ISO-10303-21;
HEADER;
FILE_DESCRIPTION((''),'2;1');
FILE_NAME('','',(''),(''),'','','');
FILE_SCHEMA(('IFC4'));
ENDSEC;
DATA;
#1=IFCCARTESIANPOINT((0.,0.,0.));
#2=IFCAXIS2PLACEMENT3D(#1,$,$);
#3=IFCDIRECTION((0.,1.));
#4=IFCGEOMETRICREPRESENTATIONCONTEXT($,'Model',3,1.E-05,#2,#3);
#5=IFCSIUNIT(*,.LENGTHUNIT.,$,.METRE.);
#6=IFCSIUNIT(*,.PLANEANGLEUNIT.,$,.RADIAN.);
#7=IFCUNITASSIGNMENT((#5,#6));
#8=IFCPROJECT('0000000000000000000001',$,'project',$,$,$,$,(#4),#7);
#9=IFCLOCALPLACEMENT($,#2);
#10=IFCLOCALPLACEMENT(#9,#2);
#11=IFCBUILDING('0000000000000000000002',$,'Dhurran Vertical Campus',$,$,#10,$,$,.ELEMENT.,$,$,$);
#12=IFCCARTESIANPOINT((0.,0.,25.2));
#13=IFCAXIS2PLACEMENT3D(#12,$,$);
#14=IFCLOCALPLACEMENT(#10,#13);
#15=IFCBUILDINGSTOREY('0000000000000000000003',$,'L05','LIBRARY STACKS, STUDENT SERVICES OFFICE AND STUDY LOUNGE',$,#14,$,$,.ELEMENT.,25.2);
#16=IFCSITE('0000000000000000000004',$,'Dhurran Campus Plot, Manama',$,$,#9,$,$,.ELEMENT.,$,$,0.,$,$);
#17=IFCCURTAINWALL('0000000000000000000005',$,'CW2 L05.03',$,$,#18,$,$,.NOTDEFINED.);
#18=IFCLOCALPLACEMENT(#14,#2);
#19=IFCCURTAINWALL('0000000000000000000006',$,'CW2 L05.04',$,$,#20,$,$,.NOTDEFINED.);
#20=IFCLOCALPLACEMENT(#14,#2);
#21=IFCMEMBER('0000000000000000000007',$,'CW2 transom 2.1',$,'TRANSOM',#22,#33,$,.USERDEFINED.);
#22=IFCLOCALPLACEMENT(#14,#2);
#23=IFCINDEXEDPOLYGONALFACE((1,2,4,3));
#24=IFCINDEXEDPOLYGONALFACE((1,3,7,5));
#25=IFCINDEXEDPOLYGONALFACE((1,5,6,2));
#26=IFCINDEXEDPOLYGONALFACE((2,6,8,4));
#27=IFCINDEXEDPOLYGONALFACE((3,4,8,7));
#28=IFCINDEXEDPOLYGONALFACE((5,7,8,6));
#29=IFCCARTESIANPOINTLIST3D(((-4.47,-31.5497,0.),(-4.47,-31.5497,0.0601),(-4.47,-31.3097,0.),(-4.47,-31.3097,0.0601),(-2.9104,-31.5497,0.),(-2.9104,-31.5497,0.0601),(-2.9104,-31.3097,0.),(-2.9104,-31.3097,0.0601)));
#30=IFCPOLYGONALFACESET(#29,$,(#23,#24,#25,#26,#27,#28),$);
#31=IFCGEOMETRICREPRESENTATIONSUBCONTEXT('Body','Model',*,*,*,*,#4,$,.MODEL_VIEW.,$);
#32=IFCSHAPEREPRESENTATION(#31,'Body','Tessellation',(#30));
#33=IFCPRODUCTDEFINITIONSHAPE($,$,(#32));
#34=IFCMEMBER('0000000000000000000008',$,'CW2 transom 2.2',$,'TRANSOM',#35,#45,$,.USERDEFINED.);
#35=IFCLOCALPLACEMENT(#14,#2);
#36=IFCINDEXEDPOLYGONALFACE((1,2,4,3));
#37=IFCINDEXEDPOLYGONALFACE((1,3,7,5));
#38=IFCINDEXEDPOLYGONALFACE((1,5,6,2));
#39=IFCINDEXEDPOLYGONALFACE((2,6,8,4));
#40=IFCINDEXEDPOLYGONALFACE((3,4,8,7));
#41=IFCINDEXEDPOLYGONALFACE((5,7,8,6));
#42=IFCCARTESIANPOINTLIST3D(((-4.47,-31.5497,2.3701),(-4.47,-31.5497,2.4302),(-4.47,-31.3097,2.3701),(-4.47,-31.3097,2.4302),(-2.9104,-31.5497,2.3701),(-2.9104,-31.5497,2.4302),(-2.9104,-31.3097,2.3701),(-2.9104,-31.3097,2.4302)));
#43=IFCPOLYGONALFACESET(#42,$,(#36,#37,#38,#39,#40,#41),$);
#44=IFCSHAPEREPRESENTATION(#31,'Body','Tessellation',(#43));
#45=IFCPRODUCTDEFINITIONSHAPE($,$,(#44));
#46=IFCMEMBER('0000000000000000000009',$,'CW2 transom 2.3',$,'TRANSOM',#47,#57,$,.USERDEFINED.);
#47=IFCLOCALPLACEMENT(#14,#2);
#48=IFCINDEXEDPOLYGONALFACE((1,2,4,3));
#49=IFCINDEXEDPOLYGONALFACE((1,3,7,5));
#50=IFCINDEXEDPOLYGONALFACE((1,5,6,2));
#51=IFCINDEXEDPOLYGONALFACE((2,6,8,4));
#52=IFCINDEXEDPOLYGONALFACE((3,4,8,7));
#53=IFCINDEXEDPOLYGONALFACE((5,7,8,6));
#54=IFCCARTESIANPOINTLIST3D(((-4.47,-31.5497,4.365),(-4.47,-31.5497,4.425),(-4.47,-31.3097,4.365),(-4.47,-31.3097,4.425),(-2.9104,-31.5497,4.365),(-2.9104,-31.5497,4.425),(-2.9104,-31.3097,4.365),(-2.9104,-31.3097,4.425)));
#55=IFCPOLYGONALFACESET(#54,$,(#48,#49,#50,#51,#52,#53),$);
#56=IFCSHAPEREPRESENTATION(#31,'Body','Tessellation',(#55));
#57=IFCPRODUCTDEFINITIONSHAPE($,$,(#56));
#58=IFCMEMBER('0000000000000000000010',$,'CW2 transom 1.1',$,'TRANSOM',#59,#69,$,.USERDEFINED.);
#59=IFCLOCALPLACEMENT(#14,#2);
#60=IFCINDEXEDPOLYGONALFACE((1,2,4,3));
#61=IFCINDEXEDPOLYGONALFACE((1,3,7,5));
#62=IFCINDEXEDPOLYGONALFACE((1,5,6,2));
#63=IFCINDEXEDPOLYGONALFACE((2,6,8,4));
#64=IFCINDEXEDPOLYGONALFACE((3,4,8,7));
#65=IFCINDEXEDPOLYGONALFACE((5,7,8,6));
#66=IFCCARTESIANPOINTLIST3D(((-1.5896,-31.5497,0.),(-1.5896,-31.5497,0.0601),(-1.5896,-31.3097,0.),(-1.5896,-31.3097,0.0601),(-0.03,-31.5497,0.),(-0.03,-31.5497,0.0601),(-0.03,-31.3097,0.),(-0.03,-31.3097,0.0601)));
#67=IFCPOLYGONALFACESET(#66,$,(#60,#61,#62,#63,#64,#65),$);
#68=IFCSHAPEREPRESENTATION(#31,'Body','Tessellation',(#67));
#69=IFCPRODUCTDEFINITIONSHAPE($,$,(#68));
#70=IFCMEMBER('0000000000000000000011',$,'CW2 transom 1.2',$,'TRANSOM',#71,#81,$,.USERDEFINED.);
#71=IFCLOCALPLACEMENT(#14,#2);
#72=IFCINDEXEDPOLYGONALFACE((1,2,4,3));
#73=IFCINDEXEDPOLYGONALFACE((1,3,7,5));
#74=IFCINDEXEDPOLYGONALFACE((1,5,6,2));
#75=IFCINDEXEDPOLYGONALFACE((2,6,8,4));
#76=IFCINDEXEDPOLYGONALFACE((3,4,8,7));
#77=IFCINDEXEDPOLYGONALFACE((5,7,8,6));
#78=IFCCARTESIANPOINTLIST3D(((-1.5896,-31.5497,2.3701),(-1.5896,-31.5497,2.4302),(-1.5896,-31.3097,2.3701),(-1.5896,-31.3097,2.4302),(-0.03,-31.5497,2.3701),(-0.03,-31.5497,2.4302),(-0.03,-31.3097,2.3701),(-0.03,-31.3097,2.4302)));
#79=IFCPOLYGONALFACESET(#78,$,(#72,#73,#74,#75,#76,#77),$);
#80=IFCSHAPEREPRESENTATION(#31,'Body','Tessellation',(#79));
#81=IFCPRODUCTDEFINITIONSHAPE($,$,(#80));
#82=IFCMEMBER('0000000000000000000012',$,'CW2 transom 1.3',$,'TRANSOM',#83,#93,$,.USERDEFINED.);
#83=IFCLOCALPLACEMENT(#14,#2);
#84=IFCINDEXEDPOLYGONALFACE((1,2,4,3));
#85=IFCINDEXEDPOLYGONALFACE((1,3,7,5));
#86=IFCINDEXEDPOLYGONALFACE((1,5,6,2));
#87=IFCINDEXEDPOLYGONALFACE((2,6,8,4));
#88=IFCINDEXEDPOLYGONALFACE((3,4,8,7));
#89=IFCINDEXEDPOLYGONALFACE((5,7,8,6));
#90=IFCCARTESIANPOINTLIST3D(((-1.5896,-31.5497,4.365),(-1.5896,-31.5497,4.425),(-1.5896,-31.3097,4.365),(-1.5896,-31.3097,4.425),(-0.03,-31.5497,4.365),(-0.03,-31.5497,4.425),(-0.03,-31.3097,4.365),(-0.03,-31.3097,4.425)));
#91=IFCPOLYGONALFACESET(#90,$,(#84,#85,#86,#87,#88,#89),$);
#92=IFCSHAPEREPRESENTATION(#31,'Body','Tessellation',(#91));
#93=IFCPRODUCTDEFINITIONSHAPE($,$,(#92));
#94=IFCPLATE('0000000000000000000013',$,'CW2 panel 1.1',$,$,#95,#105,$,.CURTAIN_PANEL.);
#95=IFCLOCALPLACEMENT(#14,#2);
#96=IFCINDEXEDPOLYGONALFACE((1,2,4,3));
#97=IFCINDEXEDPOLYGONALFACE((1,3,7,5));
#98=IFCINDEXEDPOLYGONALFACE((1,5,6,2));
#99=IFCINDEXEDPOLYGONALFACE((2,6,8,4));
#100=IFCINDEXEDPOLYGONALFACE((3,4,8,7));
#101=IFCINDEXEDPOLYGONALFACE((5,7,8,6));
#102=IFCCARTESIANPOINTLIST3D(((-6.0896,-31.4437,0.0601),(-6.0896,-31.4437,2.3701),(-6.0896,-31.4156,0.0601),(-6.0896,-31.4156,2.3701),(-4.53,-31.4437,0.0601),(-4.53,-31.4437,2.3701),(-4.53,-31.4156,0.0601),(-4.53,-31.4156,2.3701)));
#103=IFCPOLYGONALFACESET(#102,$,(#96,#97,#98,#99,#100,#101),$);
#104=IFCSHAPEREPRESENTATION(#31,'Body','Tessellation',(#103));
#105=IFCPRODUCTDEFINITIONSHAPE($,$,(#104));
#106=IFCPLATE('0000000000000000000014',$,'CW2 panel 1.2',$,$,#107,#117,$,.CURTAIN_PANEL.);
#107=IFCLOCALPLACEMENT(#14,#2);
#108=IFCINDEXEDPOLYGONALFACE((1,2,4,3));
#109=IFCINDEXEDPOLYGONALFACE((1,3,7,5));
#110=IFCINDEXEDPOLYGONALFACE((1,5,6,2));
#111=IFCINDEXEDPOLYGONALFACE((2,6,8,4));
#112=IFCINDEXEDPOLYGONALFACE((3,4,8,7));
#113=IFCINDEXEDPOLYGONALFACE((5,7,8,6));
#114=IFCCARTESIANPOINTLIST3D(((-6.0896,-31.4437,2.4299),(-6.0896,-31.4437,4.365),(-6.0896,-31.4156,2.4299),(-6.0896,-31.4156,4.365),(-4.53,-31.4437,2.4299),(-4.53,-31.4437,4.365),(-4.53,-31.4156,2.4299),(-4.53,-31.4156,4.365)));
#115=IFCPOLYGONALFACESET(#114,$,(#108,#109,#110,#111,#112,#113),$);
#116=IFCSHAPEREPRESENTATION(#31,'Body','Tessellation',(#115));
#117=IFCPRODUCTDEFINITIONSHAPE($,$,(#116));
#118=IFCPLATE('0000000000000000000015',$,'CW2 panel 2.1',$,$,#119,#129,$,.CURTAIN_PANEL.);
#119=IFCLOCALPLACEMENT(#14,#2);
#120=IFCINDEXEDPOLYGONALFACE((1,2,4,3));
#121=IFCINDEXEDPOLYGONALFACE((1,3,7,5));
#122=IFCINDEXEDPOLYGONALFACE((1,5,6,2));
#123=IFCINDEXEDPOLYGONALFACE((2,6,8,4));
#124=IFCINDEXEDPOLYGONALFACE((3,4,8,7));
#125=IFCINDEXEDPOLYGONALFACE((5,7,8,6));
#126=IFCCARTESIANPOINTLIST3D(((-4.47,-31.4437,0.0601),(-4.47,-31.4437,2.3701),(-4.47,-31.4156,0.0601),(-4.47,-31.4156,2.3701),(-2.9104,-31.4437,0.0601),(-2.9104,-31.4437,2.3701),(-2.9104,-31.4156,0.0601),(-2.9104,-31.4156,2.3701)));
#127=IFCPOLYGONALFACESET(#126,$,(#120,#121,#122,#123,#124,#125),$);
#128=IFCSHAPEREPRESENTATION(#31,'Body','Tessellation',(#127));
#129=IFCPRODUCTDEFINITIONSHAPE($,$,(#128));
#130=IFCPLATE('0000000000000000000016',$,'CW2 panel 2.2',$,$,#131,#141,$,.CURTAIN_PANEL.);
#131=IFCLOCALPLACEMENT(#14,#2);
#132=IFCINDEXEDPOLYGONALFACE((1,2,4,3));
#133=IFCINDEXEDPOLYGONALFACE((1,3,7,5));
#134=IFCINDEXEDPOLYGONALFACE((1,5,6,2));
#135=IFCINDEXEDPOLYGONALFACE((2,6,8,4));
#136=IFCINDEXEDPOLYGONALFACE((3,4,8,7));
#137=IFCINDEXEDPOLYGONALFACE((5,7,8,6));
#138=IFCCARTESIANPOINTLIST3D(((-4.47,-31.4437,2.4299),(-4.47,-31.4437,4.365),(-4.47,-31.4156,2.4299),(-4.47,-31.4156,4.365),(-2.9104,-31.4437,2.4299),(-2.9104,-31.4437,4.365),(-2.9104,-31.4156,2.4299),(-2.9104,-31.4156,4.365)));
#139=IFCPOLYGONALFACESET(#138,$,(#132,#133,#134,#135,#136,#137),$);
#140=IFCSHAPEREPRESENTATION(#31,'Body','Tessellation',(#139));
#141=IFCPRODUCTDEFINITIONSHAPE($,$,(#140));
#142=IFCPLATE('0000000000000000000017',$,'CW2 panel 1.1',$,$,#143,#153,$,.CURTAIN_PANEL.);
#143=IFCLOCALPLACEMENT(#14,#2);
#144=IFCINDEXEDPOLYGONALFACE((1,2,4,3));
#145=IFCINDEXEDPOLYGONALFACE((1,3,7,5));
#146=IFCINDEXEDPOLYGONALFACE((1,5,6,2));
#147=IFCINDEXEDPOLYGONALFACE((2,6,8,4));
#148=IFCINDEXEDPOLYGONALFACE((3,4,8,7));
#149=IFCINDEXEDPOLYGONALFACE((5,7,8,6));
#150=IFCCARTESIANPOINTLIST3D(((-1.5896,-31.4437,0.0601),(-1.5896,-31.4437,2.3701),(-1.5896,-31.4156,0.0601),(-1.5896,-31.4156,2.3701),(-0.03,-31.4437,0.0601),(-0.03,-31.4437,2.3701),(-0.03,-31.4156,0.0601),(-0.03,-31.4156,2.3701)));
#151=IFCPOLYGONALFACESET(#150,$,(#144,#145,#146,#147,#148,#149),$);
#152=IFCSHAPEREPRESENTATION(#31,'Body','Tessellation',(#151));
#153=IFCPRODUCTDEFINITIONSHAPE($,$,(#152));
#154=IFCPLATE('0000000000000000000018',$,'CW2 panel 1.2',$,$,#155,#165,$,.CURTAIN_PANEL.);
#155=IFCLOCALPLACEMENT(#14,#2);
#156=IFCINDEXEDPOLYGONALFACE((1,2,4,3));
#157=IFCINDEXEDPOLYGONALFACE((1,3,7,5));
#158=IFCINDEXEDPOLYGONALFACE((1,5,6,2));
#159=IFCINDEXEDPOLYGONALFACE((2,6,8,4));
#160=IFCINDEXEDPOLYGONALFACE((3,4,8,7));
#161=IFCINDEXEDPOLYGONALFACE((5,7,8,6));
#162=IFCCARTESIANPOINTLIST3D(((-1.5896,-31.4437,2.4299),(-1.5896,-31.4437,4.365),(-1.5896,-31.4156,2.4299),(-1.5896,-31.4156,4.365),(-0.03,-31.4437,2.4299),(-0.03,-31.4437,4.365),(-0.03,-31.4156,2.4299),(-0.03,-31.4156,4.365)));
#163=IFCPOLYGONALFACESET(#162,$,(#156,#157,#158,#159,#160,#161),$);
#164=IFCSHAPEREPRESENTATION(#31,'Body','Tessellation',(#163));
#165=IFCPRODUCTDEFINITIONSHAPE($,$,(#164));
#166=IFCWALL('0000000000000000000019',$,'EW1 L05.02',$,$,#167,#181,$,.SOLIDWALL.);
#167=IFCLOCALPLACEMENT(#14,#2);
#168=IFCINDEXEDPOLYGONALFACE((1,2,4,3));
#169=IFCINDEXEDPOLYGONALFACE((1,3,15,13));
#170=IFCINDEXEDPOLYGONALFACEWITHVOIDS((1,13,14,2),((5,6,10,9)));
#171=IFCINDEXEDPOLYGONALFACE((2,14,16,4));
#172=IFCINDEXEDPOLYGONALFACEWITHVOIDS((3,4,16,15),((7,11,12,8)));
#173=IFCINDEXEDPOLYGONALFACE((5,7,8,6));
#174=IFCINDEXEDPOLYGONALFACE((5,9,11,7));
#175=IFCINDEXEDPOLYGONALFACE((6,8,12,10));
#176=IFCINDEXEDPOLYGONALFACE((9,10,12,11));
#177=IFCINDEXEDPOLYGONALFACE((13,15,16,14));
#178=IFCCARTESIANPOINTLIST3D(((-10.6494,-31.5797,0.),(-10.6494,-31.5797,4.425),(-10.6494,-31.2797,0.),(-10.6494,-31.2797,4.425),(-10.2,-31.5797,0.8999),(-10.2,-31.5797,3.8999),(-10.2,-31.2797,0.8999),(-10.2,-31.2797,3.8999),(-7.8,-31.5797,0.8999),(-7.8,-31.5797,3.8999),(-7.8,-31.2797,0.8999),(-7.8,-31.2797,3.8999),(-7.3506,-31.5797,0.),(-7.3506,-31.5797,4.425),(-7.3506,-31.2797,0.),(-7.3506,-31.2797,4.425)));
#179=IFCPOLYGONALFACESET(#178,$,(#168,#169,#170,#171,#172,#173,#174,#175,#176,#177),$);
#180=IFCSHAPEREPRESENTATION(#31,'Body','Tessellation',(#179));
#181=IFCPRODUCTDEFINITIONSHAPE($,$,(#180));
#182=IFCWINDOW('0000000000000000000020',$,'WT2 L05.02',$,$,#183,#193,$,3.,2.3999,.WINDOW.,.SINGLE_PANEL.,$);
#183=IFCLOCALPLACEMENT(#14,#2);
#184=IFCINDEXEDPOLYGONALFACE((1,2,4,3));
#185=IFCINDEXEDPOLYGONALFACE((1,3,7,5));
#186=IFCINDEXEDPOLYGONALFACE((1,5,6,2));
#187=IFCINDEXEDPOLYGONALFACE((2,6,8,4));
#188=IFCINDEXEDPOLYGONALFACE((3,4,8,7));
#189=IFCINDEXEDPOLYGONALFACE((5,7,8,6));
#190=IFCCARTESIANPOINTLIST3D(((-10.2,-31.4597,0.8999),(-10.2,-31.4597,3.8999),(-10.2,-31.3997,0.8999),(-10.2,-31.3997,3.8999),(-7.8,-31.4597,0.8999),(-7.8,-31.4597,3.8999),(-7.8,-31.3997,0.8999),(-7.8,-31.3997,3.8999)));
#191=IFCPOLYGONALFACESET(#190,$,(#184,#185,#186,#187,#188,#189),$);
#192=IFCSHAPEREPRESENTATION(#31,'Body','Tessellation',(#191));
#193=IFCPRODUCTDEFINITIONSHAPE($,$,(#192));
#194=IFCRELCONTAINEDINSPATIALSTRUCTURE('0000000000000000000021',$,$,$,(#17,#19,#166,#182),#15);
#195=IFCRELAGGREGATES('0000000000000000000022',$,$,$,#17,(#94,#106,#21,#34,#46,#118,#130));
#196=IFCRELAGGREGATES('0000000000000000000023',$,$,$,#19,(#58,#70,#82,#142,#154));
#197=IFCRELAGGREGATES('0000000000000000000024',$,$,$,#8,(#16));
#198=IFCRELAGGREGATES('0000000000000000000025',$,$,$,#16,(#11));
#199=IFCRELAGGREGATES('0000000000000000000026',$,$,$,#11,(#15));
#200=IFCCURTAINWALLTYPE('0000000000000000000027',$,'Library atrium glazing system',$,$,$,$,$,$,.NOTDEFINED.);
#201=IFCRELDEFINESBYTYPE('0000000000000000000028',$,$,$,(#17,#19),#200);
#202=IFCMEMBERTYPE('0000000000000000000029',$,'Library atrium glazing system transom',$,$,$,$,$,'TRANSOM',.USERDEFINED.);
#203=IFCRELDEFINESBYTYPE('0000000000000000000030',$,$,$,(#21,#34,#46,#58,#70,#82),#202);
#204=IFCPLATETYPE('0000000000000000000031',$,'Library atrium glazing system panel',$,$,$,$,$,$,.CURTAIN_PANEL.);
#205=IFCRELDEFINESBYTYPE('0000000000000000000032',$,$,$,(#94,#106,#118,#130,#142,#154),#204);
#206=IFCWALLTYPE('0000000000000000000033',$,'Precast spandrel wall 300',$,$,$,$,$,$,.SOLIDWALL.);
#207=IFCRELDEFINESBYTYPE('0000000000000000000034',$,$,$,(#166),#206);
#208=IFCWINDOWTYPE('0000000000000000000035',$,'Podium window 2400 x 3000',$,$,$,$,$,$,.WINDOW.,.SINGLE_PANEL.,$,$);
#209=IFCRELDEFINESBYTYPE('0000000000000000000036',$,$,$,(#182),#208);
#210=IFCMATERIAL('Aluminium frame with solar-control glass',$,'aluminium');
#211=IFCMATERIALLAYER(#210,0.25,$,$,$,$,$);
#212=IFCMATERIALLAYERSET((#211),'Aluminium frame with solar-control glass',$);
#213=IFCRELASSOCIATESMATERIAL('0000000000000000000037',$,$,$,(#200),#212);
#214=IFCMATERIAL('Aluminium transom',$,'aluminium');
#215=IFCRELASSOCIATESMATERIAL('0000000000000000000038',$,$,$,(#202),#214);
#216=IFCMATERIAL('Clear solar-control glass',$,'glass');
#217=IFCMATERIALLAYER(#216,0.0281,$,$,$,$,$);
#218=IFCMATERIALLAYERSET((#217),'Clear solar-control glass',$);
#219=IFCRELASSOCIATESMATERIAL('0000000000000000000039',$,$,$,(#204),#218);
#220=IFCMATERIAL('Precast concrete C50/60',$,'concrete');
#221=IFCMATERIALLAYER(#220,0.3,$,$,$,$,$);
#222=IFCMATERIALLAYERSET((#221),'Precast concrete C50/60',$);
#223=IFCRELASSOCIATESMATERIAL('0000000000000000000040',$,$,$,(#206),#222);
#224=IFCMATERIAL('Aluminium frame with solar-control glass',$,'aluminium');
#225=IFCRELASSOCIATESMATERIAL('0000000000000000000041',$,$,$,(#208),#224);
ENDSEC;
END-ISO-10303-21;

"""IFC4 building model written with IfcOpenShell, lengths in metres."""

from ifc_helpers import new_model, si_unit, direction, frame, frame_2d, origin, origin_2d, place, context, subcontext, project, spatial, rectangle, extrude, material, layer, layer_set, material_profile, profile_set, type_object, element, fill, aggregate, save


model = new_model("IFC4")

# Units and contexts
model_context = context("Model", 3, precision=1e-05, world=origin(), true_north=direction((0.0, 1.0)))
body_context = subcontext(model_context, "Body", "Model", "MODEL_VIEW")
ifc_project = project(units=[si_unit("LENGTHUNIT", "METRE"), si_unit("PLANEANGLEUNIT", "RADIAN")], contexts=[model_context])

# Site, building, storey
site_placement = place(None, origin())
site = spatial("IfcSite", under=ifc_project, at=site_placement, Name="Dhurran Campus Plot, Manama", CompositionType="ELEMENT", RefElevation=0.0)
building_placement = place(site_placement, origin())
building = spatial("IfcBuilding", under=site, at=building_placement, Name="Dhurran Vertical Campus", CompositionType="ELEMENT")
storey_placement = place(building_placement, frame((0.0, 0.0, 25.2)))
storey = spatial("IfcBuildingStorey", under=building, at=storey_placement, Name="L05", Description="LIBRARY STACKS, STUDENT SERVICES OFFICE AND STUDY LOUNGE", CompositionType="ELEMENT", Elevation=25.2)

# Curtain walls
ifc_material_1 = material(Name="Aluminium frame with solar-control glass", Category="aluminium")
ifc_layer_1 = layer(ifc_material_1, 0.25)
ifc_layer_set_1 = layer_set([ifc_layer_1], Name="Aluminium frame with solar-control glass")
curtain_wall_type = type_object("IfcCurtainWallType", Name="Library atrium glazing system", PredefinedType="NOTDEFINED", material=ifc_layer_set_1)
curtain_wall_1_placement = place(storey_placement, origin())
curtain_wall_1 = element("IfcCurtainWall", 1, at=curtain_wall_1_placement, inside=storey, type_object=curtain_wall_type, Name="CW2 L05.03", PredefinedType="NOTDEFINED")
curtain_wall_2_placement = place(storey_placement, origin())
curtain_wall_2 = element("IfcCurtainWall", 2, at=curtain_wall_2_placement, inside=storey, type_object=curtain_wall_type, Name="CW2 L05.04", PredefinedType="NOTDEFINED")

# Members
ifc_material_2 = material(Name="Aluminium transom", Category="aluminium")
ifc_material_profile_1 = material_profile(ifc_material_2, rectangle(XDim=0.24, YDim=0.0601, at=origin_2d()), Name="Library atrium glazing system transom")
ifc_profile_set_1 = profile_set([ifc_material_profile_1], Name="Aluminium transom")
member_type_1 = type_object("IfcMemberType", Name="Library atrium glazing system transom", ElementType="TRANSOM", PredefinedType="USERDEFINED", material=ifc_profile_set_1)
member_1_placement = place(storey_placement, frame((-4.47, -31.4297, 0.03), z_axis=(1.0, 0.0, 0.0), x_axis=(0.0, 1.0, 0.0)))
member_1 = element("IfcMember", 3, at=member_1_placement, type_object=member_type_1, Name="CW2 transom 2.1", ObjectType="TRANSOM", PredefinedType="USERDEFINED", context=body_context, shape_type="SweptSolid", body=[
    extrude(rectangle(XDim=0.24, YDim=0.0601, at=origin_2d()), origin(), (0.0, 0.0, 1.0), 1.5596),
])
member_2_placement = place(storey_placement, frame((-4.47, -31.4297, 2.4001), z_axis=(1.0, 0.0, 0.0), x_axis=(0.0, 1.0, 0.0)))
member_2 = element("IfcMember", 4, at=member_2_placement, type_object=member_type_1, Name="CW2 transom 2.2", ObjectType="TRANSOM", PredefinedType="USERDEFINED", context=body_context, shape_type="SweptSolid", body=[
    extrude(rectangle(XDim=0.24, YDim=0.0601, at=origin_2d()), origin(), (0.0, 0.0, 1.0), 1.5596),
])
member_3_placement = place(storey_placement, frame((-4.47, -31.4297, 4.395), z_axis=(1.0, 0.0, 0.0), x_axis=(0.0, 1.0, 0.0)))
member_3 = element("IfcMember", 5, at=member_3_placement, type_object=member_type_1, Name="CW2 transom 2.3", ObjectType="TRANSOM", PredefinedType="USERDEFINED", context=body_context, shape_type="SweptSolid", body=[
    extrude(rectangle(XDim=0.24, YDim=0.0601, at=origin_2d()), origin(), (0.0, 0.0, 1.0), 1.5596),
])
member_4_placement = place(storey_placement, frame((-1.5896, -31.4297, 0.03), z_axis=(1.0, 0.0, 0.0), x_axis=(0.0, 1.0, 0.0)))
member_4 = element("IfcMember", 6, at=member_4_placement, type_object=member_type_1, Name="CW2 transom 1.1", ObjectType="TRANSOM", PredefinedType="USERDEFINED", context=body_context, shape_type="SweptSolid", body=[
    extrude(rectangle(XDim=0.24, YDim=0.0601, at=origin_2d()), origin(), (0.0, 0.0, 1.0), 1.5596),
])
member_5_placement = place(storey_placement, frame((-1.5896, -31.4297, 2.4001), z_axis=(1.0, 0.0, 0.0), x_axis=(0.0, 1.0, 0.0)))
member_5 = element("IfcMember", 7, at=member_5_placement, type_object=member_type_1, Name="CW2 transom 1.2", ObjectType="TRANSOM", PredefinedType="USERDEFINED", context=body_context, shape_type="SweptSolid", body=[
    extrude(rectangle(XDim=0.24, YDim=0.0601, at=origin_2d()), origin(), (0.0, 0.0, 1.0), 1.5596),
])
member_6_placement = place(storey_placement, frame((-1.5896, -31.4297, 4.395), z_axis=(1.0, 0.0, 0.0), x_axis=(0.0, 1.0, 0.0)))
member_6 = element("IfcMember", 8, at=member_6_placement, type_object=member_type_1, Name="CW2 transom 1.3", ObjectType="TRANSOM", PredefinedType="USERDEFINED", context=body_context, shape_type="SweptSolid", body=[
    extrude(rectangle(XDim=0.24, YDim=0.0601, at=origin_2d()), origin(), (0.0, 0.0, 1.0), 1.5596),
])

# Plates
ifc_material_3 = material(Name="Clear solar-control glass", Category="glass")
ifc_layer_2 = layer(ifc_material_3, 0.0281)
ifc_layer_set_2 = layer_set([ifc_layer_2], Name="Clear solar-control glass")
plate_type = type_object("IfcPlateType", Name="Library atrium glazing system panel", PredefinedType="CURTAIN_PANEL", material=ifc_layer_set_2)
plate_1_placement = place(storey_placement, frame((-5.3098, -31.4297, 0.0601), z_axis=(0.0, 0.0, 1.0), x_axis=(1.0, 0.0, 0.0)))
plate_1 = element("IfcPlate", 9, at=plate_1_placement, type_object=plate_type, Name="CW2 panel 1.1", PredefinedType="CURTAIN_PANEL", context=body_context, shape_type="SweptSolid", body=[
    extrude(rectangle(XDim=1.5596, YDim=0.0281, at=origin_2d()), origin(), (0.0, 0.0, 1.0), 2.3101),
])
plate_2_placement = place(storey_placement, frame((-5.3098, -31.4297, 2.4299), z_axis=(0.0, 0.0, 1.0), x_axis=(1.0, 0.0, 0.0)))
plate_2 = element("IfcPlate", 10, at=plate_2_placement, type_object=plate_type, Name="CW2 panel 1.2", PredefinedType="CURTAIN_PANEL", context=body_context, shape_type="SweptSolid", body=[
    extrude(rectangle(XDim=1.5596, YDim=0.0281, at=origin_2d()), origin(), (0.0, 0.0, 1.0), 1.9351),
])
plate_3_placement = place(storey_placement, frame((-3.6902, -31.4297, 0.0601), z_axis=(0.0, 0.0, 1.0), x_axis=(1.0, 0.0, 0.0)))
plate_3 = element("IfcPlate", 11, at=plate_3_placement, type_object=plate_type, Name="CW2 panel 2.1", PredefinedType="CURTAIN_PANEL", context=body_context, shape_type="SweptSolid", body=[
    extrude(rectangle(XDim=1.5596, YDim=0.0281, at=origin_2d()), origin(), (0.0, 0.0, 1.0), 2.3101),
])
plate_4_placement = place(storey_placement, frame((-3.6902, -31.4297, 2.4299), z_axis=(0.0, 0.0, 1.0), x_axis=(1.0, 0.0, 0.0)))
plate_4 = element("IfcPlate", 12, at=plate_4_placement, type_object=plate_type, Name="CW2 panel 2.2", PredefinedType="CURTAIN_PANEL", context=body_context, shape_type="SweptSolid", body=[
    extrude(rectangle(XDim=1.5596, YDim=0.0281, at=origin_2d()), origin(), (0.0, 0.0, 1.0), 1.9351),
])
aggregate(curtain_wall_1, [plate_1, plate_2, member_1, member_2, member_3, plate_3, plate_4])
plate_5_placement = place(storey_placement, frame((-0.8098, -31.4297, 0.0601), z_axis=(0.0, 0.0, 1.0), x_axis=(1.0, 0.0, 0.0)))
plate_5 = element("IfcPlate", 13, at=plate_5_placement, type_object=plate_type, Name="CW2 panel 1.1", PredefinedType="CURTAIN_PANEL", context=body_context, shape_type="SweptSolid", body=[
    extrude(rectangle(XDim=1.5596, YDim=0.0281, at=origin_2d()), origin(), (0.0, 0.0, 1.0), 2.3101),
])
plate_6_placement = place(storey_placement, frame((-0.8098, -31.4297, 2.4299), z_axis=(0.0, 0.0, 1.0), x_axis=(1.0, 0.0, 0.0)))
plate_6 = element("IfcPlate", 14, at=plate_6_placement, type_object=plate_type, Name="CW2 panel 1.2", PredefinedType="CURTAIN_PANEL", context=body_context, shape_type="SweptSolid", body=[
    extrude(rectangle(XDim=1.5596, YDim=0.0281, at=origin_2d()), origin(), (0.0, 0.0, 1.0), 1.9351),
])
aggregate(curtain_wall_2, [member_4, member_5, member_6, plate_5, plate_6])

# Wall, opening, window
ifc_material_4 = material(Name="Precast concrete C50/60", Category="concrete")
ifc_layer_3 = layer(ifc_material_4, 0.3)
ifc_layer_set_3 = layer_set([ifc_layer_3], Name="Precast concrete C50/60")
wall_type_1 = type_object("IfcWallType", Name="Precast spandrel wall 300", PredefinedType="SOLIDWALL", material=ifc_layer_set_3)
wall_1_placement = place(storey_placement, frame((-10.6494, -31.4297, 0.0), z_axis=(0.0, 0.0, 1.0), x_axis=(1.0, 0.0, 0.0)))
wall_1 = element("IfcWall", 15, at=wall_1_placement, inside=storey, type_object=wall_type_1, Name="EW1 L05.02", PredefinedType="SOLIDWALL", context=body_context, shape_type="SweptSolid", body=[
    extrude(rectangle(XDim=3.2988, YDim=0.3, at=frame_2d((1.6494, 0.0))), origin(), (0.0, 0.0, 1.0), 4.425),
])
opening_1_placement = place(wall_1_placement, frame((0.4495, 0.0, 0.8999)))
opening_1 = element("IfcOpeningElement", 16, at=opening_1_placement, cuts=wall_1, PredefinedType="OPENING", context=body_context, shape_type="SweptSolid", body=[
    extrude(rectangle(XDim=2.3999, YDim=3.0, at=frame_2d((1.2, 1.5))), frame((0.0, 0.1599, 0.0), z_axis=(0.0, -1.0, 0.0), x_axis=(1.0, 0.0, 0.0)), (0.0, 0.0, 1.0), 0.3201),
])
ifc_material_5 = material(Name="Aluminium frame with solar-control glass", Category="aluminium")
window_type = type_object("IfcWindowType", Name="Podium window 2400 x 3000", PartitioningType="SINGLE_PANEL", PredefinedType="WINDOW", material=ifc_material_5)
window_placement = place(opening_1_placement, origin())
window = element("IfcWindow", 17, at=window_placement, inside=storey, type_object=window_type, Name="WT2 L05.02", OverallHeight=3.0, OverallWidth=2.3999, PartitioningType="SINGLE_PANEL", PredefinedType="WINDOW", context=body_context, shape_type="SweptSolid", body=[
    extrude(rectangle(XDim=2.3999, YDim=3.0, at=frame_2d((1.2, 1.5))), frame((0.0, 0.03, 0.0), z_axis=(0.0, -1.0, 0.0), x_axis=(1.0, 0.0, 0.0)), (0.0, 0.0, 1.0), 0.0601),
])
fill(opening_1, window)

save(model, "model.ifc")
